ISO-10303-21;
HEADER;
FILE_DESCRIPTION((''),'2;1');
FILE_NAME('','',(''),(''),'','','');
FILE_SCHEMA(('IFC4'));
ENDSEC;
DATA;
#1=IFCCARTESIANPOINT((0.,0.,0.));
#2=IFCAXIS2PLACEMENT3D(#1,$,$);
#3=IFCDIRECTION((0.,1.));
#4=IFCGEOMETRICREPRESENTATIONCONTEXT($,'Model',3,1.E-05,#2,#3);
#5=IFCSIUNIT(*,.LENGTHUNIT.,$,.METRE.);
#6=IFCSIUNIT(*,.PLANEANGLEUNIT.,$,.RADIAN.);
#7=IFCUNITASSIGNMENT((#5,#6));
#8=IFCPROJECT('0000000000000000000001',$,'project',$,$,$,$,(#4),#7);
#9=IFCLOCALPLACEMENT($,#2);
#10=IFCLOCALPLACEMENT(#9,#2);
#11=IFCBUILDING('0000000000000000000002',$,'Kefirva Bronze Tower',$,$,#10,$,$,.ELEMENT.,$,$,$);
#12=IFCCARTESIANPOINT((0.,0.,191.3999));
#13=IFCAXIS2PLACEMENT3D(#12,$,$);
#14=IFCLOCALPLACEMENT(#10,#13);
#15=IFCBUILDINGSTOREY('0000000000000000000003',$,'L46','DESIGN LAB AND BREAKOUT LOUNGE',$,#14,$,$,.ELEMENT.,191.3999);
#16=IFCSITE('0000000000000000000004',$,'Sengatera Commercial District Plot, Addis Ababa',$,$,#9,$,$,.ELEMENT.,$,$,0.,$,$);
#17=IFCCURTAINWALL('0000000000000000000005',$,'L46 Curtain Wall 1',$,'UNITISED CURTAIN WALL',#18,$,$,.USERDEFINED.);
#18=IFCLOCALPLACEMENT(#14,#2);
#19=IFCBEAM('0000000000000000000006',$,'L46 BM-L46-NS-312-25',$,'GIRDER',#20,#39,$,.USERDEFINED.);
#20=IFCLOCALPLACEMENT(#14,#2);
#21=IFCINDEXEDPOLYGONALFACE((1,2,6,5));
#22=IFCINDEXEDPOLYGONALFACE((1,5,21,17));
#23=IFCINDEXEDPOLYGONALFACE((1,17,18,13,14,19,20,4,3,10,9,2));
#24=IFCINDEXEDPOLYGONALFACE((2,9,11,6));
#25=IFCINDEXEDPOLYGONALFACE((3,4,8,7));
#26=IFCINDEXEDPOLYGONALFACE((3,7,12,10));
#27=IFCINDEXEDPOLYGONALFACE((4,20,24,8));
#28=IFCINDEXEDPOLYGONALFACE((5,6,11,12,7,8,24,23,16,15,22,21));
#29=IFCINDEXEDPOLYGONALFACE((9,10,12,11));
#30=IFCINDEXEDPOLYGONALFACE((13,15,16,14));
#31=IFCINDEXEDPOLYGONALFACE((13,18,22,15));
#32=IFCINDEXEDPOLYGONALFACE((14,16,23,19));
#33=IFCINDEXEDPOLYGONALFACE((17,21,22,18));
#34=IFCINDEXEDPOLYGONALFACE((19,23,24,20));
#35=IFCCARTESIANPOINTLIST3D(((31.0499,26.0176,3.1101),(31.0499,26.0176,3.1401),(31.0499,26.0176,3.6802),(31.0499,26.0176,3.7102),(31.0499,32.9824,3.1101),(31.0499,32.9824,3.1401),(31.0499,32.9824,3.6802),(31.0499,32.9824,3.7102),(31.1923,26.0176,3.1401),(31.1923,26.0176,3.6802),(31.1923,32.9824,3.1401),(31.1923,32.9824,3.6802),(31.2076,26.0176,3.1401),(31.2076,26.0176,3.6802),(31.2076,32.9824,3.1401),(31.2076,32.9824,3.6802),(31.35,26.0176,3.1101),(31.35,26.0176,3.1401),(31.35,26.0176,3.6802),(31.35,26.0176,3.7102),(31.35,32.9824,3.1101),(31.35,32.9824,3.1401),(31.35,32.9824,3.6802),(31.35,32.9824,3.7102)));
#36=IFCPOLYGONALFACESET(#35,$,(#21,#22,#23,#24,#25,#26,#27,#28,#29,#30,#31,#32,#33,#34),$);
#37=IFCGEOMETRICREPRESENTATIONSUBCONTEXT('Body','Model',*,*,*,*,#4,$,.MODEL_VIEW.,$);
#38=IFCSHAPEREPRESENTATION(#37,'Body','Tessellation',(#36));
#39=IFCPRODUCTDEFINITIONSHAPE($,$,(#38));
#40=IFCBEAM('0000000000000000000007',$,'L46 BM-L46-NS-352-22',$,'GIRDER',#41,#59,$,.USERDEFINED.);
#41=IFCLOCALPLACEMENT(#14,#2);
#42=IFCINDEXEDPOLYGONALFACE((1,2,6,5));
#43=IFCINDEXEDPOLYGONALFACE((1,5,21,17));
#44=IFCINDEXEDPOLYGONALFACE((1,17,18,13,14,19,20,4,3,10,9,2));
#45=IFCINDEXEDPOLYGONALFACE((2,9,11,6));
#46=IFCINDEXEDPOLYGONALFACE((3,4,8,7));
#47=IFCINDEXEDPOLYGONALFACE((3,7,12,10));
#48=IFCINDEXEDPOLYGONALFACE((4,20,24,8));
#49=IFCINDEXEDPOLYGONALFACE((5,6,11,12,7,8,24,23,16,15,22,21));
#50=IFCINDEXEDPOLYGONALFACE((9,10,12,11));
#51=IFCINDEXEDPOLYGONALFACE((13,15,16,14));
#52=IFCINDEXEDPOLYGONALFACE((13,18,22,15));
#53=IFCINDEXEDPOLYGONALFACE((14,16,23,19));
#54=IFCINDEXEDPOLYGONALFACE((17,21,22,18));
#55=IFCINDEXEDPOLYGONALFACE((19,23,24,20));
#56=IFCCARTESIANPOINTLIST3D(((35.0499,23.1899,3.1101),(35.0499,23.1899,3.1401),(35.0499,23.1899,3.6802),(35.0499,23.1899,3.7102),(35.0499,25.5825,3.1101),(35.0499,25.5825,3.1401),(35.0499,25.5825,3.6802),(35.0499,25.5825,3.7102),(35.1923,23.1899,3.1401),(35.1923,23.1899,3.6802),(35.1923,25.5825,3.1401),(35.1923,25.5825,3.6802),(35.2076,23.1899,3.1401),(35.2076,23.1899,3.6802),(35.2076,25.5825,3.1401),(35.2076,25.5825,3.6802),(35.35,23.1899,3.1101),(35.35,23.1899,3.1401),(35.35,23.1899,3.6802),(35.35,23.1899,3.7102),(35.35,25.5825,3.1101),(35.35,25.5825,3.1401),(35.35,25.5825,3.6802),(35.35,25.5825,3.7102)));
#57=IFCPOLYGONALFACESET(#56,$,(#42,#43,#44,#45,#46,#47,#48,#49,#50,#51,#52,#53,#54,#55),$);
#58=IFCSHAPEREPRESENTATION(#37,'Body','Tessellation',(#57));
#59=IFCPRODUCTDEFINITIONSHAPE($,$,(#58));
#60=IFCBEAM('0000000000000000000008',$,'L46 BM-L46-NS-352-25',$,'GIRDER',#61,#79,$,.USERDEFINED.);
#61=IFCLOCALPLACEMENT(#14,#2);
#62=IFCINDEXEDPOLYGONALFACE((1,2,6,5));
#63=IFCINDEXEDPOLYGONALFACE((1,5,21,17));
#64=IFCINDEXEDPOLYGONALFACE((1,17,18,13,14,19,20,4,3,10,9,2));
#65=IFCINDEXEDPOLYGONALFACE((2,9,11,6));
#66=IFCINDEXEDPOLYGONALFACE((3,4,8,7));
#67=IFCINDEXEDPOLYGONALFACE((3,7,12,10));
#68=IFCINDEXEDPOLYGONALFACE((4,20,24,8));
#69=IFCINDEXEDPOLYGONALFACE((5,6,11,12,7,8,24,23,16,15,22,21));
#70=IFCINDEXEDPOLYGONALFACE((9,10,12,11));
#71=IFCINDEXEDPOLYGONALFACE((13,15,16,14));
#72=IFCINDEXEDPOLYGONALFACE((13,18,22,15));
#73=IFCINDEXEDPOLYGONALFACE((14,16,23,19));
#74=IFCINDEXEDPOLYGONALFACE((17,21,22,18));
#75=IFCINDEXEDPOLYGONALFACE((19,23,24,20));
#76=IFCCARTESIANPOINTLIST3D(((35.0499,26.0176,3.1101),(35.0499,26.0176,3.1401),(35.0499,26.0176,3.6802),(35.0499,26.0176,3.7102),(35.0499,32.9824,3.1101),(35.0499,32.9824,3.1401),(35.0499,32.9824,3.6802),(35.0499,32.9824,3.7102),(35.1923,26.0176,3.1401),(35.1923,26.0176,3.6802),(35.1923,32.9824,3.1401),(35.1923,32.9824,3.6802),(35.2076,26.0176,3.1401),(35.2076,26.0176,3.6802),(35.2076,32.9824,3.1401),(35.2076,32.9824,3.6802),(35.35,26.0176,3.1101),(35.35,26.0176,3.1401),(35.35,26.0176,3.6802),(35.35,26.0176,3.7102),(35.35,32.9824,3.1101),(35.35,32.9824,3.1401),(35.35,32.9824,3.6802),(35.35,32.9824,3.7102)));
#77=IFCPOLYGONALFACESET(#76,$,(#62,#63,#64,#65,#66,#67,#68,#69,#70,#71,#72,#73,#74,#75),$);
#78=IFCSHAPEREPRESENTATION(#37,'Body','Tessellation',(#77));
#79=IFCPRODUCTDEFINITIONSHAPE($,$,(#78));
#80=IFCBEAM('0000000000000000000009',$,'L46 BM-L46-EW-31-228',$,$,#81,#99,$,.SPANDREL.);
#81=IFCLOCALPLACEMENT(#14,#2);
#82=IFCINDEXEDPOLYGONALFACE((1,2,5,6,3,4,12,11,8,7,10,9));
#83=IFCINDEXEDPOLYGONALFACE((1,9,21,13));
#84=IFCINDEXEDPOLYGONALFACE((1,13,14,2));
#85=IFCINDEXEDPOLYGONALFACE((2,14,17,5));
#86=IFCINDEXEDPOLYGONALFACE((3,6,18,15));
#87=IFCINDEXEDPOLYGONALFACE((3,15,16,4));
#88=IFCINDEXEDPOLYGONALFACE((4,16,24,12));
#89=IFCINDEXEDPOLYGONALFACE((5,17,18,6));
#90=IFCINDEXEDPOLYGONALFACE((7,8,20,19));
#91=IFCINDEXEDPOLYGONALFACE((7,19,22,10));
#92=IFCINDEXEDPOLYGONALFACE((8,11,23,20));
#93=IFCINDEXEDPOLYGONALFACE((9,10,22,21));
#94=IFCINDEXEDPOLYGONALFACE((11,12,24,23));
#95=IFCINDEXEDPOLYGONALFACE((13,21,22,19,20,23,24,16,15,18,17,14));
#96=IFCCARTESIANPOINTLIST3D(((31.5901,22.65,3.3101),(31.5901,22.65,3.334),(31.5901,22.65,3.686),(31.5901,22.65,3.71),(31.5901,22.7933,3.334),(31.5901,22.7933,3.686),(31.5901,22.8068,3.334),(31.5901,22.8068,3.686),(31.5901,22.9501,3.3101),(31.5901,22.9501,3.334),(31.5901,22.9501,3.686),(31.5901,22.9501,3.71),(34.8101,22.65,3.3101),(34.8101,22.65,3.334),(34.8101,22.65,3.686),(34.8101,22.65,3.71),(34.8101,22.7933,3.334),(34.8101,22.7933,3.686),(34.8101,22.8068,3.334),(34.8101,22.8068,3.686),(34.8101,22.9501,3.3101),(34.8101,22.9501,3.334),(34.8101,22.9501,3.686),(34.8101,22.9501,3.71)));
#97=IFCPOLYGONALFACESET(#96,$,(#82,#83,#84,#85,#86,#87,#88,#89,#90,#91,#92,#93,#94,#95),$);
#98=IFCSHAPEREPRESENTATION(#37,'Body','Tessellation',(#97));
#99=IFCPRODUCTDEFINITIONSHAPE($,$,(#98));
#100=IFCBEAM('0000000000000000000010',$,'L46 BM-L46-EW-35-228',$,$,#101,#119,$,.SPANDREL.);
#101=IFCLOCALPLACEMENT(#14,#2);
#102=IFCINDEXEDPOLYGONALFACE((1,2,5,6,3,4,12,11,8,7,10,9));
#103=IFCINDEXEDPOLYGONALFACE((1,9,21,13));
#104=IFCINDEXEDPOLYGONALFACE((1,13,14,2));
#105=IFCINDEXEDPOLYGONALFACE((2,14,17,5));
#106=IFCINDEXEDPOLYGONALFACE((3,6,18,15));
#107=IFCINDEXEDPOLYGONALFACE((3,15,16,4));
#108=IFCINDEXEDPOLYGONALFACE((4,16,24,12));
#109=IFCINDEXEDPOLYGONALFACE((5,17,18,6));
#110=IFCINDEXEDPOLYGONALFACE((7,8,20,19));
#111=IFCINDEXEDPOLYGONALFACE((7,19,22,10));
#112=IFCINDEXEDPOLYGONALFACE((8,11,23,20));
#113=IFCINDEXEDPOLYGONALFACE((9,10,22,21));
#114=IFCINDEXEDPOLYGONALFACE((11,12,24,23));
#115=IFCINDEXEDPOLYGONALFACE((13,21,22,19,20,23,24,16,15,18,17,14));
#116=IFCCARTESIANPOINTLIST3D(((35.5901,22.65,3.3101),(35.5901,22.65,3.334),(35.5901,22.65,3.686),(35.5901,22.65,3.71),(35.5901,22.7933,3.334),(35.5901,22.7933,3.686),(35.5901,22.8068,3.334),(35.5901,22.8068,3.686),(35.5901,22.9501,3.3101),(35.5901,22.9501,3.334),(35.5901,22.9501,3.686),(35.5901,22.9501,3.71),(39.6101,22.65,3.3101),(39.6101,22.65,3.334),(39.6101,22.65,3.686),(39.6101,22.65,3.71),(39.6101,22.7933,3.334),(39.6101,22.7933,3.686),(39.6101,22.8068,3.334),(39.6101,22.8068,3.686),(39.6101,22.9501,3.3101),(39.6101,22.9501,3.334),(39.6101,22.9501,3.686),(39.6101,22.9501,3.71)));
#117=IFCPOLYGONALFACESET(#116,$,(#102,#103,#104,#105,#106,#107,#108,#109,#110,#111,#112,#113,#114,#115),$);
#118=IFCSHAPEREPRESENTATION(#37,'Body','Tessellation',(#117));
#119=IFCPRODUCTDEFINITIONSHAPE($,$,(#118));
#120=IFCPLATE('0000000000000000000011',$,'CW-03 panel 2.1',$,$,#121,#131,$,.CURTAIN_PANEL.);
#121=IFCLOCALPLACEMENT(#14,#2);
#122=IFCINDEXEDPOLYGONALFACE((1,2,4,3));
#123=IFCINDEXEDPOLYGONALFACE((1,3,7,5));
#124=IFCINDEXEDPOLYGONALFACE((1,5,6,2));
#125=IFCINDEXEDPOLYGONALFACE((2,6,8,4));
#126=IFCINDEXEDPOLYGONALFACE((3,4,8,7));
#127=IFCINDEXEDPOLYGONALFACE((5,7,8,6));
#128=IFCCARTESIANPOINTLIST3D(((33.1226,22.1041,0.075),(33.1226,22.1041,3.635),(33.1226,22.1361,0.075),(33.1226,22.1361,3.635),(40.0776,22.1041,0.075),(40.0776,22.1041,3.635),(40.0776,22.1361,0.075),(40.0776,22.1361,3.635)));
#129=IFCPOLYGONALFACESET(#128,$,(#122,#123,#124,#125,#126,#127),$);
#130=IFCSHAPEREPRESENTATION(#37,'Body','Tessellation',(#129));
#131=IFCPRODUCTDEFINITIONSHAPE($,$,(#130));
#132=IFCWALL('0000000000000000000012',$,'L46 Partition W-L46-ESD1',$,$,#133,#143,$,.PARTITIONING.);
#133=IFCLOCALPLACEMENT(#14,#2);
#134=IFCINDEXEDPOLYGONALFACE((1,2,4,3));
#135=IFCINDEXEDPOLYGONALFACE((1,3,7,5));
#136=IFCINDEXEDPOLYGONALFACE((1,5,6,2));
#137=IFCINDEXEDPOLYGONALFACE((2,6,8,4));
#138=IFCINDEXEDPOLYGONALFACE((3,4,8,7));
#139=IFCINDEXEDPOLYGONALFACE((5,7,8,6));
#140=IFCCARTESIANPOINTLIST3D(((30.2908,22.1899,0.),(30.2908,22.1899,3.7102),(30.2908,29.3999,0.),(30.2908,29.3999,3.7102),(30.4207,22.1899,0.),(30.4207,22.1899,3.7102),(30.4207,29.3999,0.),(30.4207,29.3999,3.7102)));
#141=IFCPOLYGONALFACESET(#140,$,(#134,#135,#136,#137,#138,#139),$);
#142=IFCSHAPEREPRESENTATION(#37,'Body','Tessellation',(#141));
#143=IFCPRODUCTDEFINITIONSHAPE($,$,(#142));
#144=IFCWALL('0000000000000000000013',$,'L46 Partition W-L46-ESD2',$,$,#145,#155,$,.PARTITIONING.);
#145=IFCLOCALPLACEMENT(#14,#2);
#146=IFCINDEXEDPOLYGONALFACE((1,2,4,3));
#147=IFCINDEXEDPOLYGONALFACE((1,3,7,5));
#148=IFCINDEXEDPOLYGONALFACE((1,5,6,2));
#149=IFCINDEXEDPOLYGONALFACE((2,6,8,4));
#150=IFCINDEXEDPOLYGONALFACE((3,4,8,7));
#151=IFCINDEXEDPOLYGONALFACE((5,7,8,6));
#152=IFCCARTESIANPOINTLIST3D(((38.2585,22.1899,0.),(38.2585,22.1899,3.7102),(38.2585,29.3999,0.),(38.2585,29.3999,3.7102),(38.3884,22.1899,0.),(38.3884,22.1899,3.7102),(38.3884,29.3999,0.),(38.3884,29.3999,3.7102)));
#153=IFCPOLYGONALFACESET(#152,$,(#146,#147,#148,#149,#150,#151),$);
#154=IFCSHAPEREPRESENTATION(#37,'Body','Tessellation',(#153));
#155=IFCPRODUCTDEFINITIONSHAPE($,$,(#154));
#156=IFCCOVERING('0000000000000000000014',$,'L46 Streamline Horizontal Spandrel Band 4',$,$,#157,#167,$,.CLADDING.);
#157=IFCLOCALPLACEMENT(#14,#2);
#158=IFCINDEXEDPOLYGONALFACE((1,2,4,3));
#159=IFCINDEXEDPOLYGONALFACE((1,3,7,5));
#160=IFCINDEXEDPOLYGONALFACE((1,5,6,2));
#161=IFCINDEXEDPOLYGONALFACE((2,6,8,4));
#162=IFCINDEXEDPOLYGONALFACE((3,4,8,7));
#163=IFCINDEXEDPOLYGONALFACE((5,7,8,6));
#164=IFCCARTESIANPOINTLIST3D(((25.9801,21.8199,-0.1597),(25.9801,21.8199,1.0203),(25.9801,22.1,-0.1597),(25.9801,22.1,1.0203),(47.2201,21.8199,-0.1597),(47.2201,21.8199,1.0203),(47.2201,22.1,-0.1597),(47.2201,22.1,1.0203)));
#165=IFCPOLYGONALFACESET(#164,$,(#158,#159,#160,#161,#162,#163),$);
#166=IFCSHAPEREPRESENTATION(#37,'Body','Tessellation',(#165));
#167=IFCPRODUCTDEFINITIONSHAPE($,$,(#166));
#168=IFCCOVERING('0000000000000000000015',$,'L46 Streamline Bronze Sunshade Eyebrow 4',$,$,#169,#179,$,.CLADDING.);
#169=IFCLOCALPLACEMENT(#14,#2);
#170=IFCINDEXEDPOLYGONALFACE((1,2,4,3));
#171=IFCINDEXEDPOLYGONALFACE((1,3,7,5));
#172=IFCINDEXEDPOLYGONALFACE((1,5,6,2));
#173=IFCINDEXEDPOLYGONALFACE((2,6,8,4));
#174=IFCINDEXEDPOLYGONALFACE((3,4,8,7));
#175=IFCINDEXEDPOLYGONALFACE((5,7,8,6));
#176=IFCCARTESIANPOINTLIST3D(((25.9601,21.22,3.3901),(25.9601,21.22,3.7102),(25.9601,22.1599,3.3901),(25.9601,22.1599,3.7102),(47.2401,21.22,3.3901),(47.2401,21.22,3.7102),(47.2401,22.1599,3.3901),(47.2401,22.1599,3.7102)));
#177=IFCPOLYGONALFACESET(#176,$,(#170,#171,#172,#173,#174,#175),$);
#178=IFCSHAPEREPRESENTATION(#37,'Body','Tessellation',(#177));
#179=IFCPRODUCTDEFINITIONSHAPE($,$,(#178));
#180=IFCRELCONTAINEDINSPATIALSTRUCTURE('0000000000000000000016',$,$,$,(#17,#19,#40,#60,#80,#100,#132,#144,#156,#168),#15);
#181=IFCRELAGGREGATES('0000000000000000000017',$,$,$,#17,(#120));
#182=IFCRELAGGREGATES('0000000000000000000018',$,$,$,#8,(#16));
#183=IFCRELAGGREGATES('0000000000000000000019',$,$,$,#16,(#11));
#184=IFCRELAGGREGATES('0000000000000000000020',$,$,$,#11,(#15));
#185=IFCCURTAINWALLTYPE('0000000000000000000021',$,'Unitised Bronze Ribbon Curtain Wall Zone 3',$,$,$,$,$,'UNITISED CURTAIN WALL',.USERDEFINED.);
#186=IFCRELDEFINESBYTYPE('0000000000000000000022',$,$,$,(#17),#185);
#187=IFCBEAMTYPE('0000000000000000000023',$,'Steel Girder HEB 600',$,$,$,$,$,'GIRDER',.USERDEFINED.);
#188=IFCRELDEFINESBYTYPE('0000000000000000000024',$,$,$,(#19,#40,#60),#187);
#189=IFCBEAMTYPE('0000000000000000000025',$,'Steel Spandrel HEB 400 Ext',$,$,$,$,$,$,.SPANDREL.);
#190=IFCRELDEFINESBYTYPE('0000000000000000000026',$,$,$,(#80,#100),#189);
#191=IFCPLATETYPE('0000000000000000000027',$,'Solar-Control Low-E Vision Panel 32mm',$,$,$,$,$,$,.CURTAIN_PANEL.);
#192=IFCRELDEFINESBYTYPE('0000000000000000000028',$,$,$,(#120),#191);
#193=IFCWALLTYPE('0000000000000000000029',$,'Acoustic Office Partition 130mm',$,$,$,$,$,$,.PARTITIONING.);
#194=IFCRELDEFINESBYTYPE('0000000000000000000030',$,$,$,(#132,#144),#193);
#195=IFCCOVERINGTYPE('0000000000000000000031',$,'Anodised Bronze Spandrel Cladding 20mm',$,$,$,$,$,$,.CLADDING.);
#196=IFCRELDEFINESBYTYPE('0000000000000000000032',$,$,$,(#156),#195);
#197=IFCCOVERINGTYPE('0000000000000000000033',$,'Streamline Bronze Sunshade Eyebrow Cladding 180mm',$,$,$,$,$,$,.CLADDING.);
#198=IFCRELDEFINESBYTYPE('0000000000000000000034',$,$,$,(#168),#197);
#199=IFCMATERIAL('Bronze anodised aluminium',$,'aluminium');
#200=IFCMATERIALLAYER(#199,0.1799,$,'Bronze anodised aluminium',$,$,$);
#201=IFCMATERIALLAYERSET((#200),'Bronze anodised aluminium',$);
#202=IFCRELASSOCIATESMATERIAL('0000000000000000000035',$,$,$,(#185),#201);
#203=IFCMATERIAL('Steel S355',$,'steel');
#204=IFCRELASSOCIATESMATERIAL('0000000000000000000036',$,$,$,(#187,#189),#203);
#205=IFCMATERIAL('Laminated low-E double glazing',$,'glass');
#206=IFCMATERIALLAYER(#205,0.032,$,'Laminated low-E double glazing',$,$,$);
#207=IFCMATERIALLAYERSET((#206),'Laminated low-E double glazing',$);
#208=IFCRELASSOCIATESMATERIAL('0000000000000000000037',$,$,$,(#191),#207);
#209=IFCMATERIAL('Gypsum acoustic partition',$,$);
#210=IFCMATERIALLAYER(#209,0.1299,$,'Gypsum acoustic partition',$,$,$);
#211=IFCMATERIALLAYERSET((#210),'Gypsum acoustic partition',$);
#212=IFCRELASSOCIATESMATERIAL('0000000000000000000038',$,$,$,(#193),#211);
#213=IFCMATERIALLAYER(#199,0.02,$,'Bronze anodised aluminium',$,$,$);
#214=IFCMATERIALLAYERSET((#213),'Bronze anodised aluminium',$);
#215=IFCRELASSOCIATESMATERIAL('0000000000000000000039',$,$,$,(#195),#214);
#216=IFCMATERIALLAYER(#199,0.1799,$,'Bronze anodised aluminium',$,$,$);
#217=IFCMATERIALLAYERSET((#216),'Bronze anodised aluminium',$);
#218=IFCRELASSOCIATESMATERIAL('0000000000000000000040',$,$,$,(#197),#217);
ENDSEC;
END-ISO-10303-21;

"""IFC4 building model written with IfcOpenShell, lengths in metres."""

from ifc_helpers import new_model, si_unit, direction, frame, frame_2d, origin, origin_2d, place, context, subcontext, project, spatial, rectangle, i_section, extrude, material, layer, layer_set, material_profile, profile_set, type_object, element, aggregate, save


model = new_model("IFC4")

# Units and contexts
model_context = context("Model", 3, precision=1e-05, world=origin(), true_north=direction((0.0, 1.0)))
body_context = subcontext(model_context, "Body", "Model", "MODEL_VIEW")
ifc_project = project(units=[si_unit("LENGTHUNIT", "METRE"), si_unit("PLANEANGLEUNIT", "RADIAN")], contexts=[model_context])

# Site, building, storey
site_placement = place(None, origin())
site = spatial("IfcSite", under=ifc_project, at=site_placement, Name="Sengatera Commercial District Plot, Addis Ababa", CompositionType="ELEMENT", RefElevation=0.0)
building_placement = place(site_placement, origin())
building = spatial("IfcBuilding", under=site, at=building_placement, Name="Kefirva Bronze Tower", CompositionType="ELEMENT")
storey_placement = place(building_placement, frame((0.0, 0.0, 191.3999)))
storey = spatial("IfcBuildingStorey", under=building, at=storey_placement, Name="L46", Description="DESIGN LAB AND BREAKOUT LOUNGE", CompositionType="ELEMENT", Elevation=191.3999)

# Curtain wall
ifc_material_1 = material(Name="Bronze anodised aluminium", Category="aluminium")
ifc_layer_1 = layer(ifc_material_1, 0.1799, Name="Bronze anodised aluminium")
ifc_layer_set_1 = layer_set([ifc_layer_1], Name="Bronze anodised aluminium")
curtain_wall_type = type_object("IfcCurtainWallType", Name="Unitised Bronze Ribbon Curtain Wall Zone 3", ElementType="UNITISED CURTAIN WALL", PredefinedType="USERDEFINED", material=ifc_layer_set_1)
curtain_wall_placement = place(storey_placement, origin())
curtain_wall = element("IfcCurtainWall", 1, at=curtain_wall_placement, inside=storey, type_object=curtain_wall_type, Name="L46 Curtain Wall 1", ObjectType="UNITISED CURTAIN WALL", PredefinedType="USERDEFINED")

# Beams
ifc_material_2 = material(Name="Steel S355", Category="steel")
ifc_material_profile_1 = material_profile(ifc_material_2, i_section(OverallWidth=0.3, OverallDepth=0.6001, WebThickness=0.0154, FlangeThickness=0.03, at=origin_2d()), Name="HEB 600")
ifc_profile_set_1 = profile_set([ifc_material_profile_1], Name="Steel S355")
beam_type_1 = type_object("IfcBeamType", Name="Steel Girder HEB 600", ElementType="GIRDER", PredefinedType="USERDEFINED", material=ifc_profile_set_1)
beam_1_placement = place(storey_placement, frame((31.2, 26.0176, 3.4102), z_axis=(0.0, 1.0, 0.0), x_axis=(-1.0, 0.0, 0.0)))
element("IfcBeam", 2, at=beam_1_placement, inside=storey, type_object=beam_type_1, Name="L46 BM-L46-NS-312-25", ObjectType="GIRDER", PredefinedType="USERDEFINED", context=body_context, shape_type="SweptSolid", body=[
    extrude(i_section(OverallWidth=0.3, OverallDepth=0.6001, WebThickness=0.0154, FlangeThickness=0.03, at=origin_2d()), origin(), (0.0, 0.0, 1.0), 6.9648),
])
beam_2_placement = place(storey_placement, frame((35.2, 23.1899, 3.4102), z_axis=(0.0, 1.0, 0.0), x_axis=(-1.0, 0.0, 0.0)))
element("IfcBeam", 3, at=beam_2_placement, inside=storey, type_object=beam_type_1, Name="L46 BM-L46-NS-352-22", ObjectType="GIRDER", PredefinedType="USERDEFINED", context=body_context, shape_type="SweptSolid", body=[
    extrude(i_section(OverallWidth=0.3, OverallDepth=0.6001, WebThickness=0.0154, FlangeThickness=0.03, at=origin_2d()), origin(), (0.0, 0.0, 1.0), 2.3926),
])
beam_3_placement = place(storey_placement, frame((35.2, 26.0176, 3.4102), z_axis=(0.0, 1.0, 0.0), x_axis=(-1.0, 0.0, 0.0)))
element("IfcBeam", 4, at=beam_3_placement, inside=storey, type_object=beam_type_1, Name="L46 BM-L46-NS-352-25", ObjectType="GIRDER", PredefinedType="USERDEFINED", context=body_context, shape_type="SweptSolid", body=[
    extrude(i_section(OverallWidth=0.3, OverallDepth=0.6001, WebThickness=0.0154, FlangeThickness=0.03, at=origin_2d()), origin(), (0.0, 0.0, 1.0), 6.9648),
])
ifc_material_profile_2 = material_profile(ifc_material_2, i_section(OverallWidth=0.3, OverallDepth=0.3999, WebThickness=0.0134, FlangeThickness=0.0239, at=origin_2d()), Name="HEB 400")
ifc_profile_set_2 = profile_set([ifc_material_profile_2], Name="Steel S355")
beam_type_2 = type_object("IfcBeamType", Name="Steel Spandrel HEB 400 Ext", PredefinedType="SPANDREL", material=ifc_profile_set_2)
beam_4_placement = place(storey_placement, frame((31.5901, 22.8, 3.51), z_axis=(1.0, 0.0, 0.0), x_axis=(0.0, 1.0, 0.0)))
element("IfcBeam", 5, at=beam_4_placement, inside=storey, type_object=beam_type_2, Name="L46 BM-L46-EW-31-228", PredefinedType="SPANDREL", context=body_context, shape_type="SweptSolid", body=[
    extrude(i_section(OverallWidth=0.3, OverallDepth=0.3999, WebThickness=0.0134, FlangeThickness=0.0239, at=origin_2d()), origin(), (0.0, 0.0, 1.0), 3.22),
])
beam_5_placement = place(storey_placement, frame((35.5901, 22.8, 3.51), z_axis=(1.0, 0.0, 0.0), x_axis=(0.0, 1.0, 0.0)))
element("IfcBeam", 6, at=beam_5_placement, inside=storey, type_object=beam_type_2, Name="L46 BM-L46-EW-35-228", PredefinedType="SPANDREL", context=body_context, shape_type="SweptSolid", body=[
    extrude(i_section(OverallWidth=0.3, OverallDepth=0.3999, WebThickness=0.0134, FlangeThickness=0.0239, at=origin_2d()), origin(), (0.0, 0.0, 1.0), 4.02),
])

# Plate
ifc_material_3 = material(Name="Laminated low-E double glazing", Category="glass")
ifc_layer_2 = layer(ifc_material_3, 0.032, Name="Laminated low-E double glazing")
ifc_layer_set_2 = layer_set([ifc_layer_2], Name="Laminated low-E double glazing")
plate_type = type_object("IfcPlateType", Name="Solar-Control Low-E Vision Panel 32mm", PredefinedType="CURTAIN_PANEL", material=ifc_layer_set_2)
plate_placement = place(storey_placement, frame((36.6001, 22.1201, 0.075), z_axis=(0.0, 0.0, 1.0), x_axis=(1.0, 0.0, 0.0)))
plate = element("IfcPlate", 7, at=plate_placement, type_object=plate_type, Name="CW-03 panel 2.1", PredefinedType="CURTAIN_PANEL", context=body_context, shape_type="SweptSolid", body=[
    extrude(rectangle(XDim=6.9551, YDim=0.032, at=origin_2d()), origin(), (0.0, 0.0, 1.0), 3.5601),
])
aggregate(curtain_wall, [plate])

# Walls
ifc_material_4 = material(Name="Gypsum acoustic partition")
ifc_layer_3 = layer(ifc_material_4, 0.1299, Name="Gypsum acoustic partition")
ifc_layer_set_3 = layer_set([ifc_layer_3], Name="Gypsum acoustic partition")
wall_type = type_object("IfcWallType", Name="Acoustic Office Partition 130mm", PredefinedType="PARTITIONING", material=ifc_layer_set_3)
for number, where, z_axis, x_axis, name in (
    (8, (30.3557, 22.1899, 0.0), (0.0, 0.0, 1.0), (0.0, 1.0, 0.0), "L46 Partition W-L46-ESD1"),
    (9, (38.3235, 22.1899, 0.0), (0.0, 0.0, 1.0), (0.0, 1.0, 0.0), "L46 Partition W-L46-ESD2"),
):
    element("IfcWall", number, at=place(storey_placement, frame(where, z_axis=z_axis, x_axis=x_axis)), inside=storey, type_object=wall_type, Name=name, PredefinedType="PARTITIONING", context=body_context, shape_type="SweptSolid", body=[
        extrude(rectangle(XDim=7.21, YDim=0.1299, at=frame_2d((3.605, 0.0))), origin(), (0.0, 0.0, 1.0), 3.7102),
    ])

# Coverings
ifc_layer_4 = layer(ifc_material_1, 0.02, Name="Bronze anodised aluminium")
ifc_layer_set_4 = layer_set([ifc_layer_4], Name="Bronze anodised aluminium")
covering_type_1 = type_object("IfcCoveringType", Name="Anodised Bronze Spandrel Cladding 20mm", PredefinedType="CLADDING", material=ifc_layer_set_4)
covering_1_placement = place(storey_placement, frame((36.6001, 21.96, -0.1597), z_axis=(0.0, 0.0, 1.0), x_axis=(1.0, 0.0, 0.0)))
element("IfcCovering", 10, at=covering_1_placement, inside=storey, type_object=covering_type_1, Name="L46 Streamline Horizontal Spandrel Band 4", PredefinedType="CLADDING", context=body_context, shape_type="SweptSolid", body=[
    extrude(rectangle(XDim=21.24, YDim=0.28, at=origin_2d()), origin(), (0.0, 0.0, 1.0), 1.1799),
])
ifc_layer_5 = layer(ifc_material_1, 0.1799, Name="Bronze anodised aluminium")
ifc_layer_set_5 = layer_set([ifc_layer_5], Name="Bronze anodised aluminium")
covering_type_2 = type_object("IfcCoveringType", Name="Streamline Bronze Sunshade Eyebrow Cladding 180mm", PredefinedType="CLADDING", material=ifc_layer_set_5)
covering_2_placement = place(storey_placement, frame((36.6001, 21.6899, 3.3901), z_axis=(0.0, 0.0, 1.0), x_axis=(1.0, 0.0, 0.0)))
element("IfcCovering", 11, at=covering_2_placement, inside=storey, type_object=covering_type_2, Name="L46 Streamline Bronze Sunshade Eyebrow 4", PredefinedType="CLADDING", context=body_context, shape_type="SweptSolid", body=[
    extrude(rectangle(XDim=21.28, YDim=0.9399, at=origin_2d()), origin(), (0.0, 0.0, 1.0), 0.3201),
])

save(model, "model.ifc")
